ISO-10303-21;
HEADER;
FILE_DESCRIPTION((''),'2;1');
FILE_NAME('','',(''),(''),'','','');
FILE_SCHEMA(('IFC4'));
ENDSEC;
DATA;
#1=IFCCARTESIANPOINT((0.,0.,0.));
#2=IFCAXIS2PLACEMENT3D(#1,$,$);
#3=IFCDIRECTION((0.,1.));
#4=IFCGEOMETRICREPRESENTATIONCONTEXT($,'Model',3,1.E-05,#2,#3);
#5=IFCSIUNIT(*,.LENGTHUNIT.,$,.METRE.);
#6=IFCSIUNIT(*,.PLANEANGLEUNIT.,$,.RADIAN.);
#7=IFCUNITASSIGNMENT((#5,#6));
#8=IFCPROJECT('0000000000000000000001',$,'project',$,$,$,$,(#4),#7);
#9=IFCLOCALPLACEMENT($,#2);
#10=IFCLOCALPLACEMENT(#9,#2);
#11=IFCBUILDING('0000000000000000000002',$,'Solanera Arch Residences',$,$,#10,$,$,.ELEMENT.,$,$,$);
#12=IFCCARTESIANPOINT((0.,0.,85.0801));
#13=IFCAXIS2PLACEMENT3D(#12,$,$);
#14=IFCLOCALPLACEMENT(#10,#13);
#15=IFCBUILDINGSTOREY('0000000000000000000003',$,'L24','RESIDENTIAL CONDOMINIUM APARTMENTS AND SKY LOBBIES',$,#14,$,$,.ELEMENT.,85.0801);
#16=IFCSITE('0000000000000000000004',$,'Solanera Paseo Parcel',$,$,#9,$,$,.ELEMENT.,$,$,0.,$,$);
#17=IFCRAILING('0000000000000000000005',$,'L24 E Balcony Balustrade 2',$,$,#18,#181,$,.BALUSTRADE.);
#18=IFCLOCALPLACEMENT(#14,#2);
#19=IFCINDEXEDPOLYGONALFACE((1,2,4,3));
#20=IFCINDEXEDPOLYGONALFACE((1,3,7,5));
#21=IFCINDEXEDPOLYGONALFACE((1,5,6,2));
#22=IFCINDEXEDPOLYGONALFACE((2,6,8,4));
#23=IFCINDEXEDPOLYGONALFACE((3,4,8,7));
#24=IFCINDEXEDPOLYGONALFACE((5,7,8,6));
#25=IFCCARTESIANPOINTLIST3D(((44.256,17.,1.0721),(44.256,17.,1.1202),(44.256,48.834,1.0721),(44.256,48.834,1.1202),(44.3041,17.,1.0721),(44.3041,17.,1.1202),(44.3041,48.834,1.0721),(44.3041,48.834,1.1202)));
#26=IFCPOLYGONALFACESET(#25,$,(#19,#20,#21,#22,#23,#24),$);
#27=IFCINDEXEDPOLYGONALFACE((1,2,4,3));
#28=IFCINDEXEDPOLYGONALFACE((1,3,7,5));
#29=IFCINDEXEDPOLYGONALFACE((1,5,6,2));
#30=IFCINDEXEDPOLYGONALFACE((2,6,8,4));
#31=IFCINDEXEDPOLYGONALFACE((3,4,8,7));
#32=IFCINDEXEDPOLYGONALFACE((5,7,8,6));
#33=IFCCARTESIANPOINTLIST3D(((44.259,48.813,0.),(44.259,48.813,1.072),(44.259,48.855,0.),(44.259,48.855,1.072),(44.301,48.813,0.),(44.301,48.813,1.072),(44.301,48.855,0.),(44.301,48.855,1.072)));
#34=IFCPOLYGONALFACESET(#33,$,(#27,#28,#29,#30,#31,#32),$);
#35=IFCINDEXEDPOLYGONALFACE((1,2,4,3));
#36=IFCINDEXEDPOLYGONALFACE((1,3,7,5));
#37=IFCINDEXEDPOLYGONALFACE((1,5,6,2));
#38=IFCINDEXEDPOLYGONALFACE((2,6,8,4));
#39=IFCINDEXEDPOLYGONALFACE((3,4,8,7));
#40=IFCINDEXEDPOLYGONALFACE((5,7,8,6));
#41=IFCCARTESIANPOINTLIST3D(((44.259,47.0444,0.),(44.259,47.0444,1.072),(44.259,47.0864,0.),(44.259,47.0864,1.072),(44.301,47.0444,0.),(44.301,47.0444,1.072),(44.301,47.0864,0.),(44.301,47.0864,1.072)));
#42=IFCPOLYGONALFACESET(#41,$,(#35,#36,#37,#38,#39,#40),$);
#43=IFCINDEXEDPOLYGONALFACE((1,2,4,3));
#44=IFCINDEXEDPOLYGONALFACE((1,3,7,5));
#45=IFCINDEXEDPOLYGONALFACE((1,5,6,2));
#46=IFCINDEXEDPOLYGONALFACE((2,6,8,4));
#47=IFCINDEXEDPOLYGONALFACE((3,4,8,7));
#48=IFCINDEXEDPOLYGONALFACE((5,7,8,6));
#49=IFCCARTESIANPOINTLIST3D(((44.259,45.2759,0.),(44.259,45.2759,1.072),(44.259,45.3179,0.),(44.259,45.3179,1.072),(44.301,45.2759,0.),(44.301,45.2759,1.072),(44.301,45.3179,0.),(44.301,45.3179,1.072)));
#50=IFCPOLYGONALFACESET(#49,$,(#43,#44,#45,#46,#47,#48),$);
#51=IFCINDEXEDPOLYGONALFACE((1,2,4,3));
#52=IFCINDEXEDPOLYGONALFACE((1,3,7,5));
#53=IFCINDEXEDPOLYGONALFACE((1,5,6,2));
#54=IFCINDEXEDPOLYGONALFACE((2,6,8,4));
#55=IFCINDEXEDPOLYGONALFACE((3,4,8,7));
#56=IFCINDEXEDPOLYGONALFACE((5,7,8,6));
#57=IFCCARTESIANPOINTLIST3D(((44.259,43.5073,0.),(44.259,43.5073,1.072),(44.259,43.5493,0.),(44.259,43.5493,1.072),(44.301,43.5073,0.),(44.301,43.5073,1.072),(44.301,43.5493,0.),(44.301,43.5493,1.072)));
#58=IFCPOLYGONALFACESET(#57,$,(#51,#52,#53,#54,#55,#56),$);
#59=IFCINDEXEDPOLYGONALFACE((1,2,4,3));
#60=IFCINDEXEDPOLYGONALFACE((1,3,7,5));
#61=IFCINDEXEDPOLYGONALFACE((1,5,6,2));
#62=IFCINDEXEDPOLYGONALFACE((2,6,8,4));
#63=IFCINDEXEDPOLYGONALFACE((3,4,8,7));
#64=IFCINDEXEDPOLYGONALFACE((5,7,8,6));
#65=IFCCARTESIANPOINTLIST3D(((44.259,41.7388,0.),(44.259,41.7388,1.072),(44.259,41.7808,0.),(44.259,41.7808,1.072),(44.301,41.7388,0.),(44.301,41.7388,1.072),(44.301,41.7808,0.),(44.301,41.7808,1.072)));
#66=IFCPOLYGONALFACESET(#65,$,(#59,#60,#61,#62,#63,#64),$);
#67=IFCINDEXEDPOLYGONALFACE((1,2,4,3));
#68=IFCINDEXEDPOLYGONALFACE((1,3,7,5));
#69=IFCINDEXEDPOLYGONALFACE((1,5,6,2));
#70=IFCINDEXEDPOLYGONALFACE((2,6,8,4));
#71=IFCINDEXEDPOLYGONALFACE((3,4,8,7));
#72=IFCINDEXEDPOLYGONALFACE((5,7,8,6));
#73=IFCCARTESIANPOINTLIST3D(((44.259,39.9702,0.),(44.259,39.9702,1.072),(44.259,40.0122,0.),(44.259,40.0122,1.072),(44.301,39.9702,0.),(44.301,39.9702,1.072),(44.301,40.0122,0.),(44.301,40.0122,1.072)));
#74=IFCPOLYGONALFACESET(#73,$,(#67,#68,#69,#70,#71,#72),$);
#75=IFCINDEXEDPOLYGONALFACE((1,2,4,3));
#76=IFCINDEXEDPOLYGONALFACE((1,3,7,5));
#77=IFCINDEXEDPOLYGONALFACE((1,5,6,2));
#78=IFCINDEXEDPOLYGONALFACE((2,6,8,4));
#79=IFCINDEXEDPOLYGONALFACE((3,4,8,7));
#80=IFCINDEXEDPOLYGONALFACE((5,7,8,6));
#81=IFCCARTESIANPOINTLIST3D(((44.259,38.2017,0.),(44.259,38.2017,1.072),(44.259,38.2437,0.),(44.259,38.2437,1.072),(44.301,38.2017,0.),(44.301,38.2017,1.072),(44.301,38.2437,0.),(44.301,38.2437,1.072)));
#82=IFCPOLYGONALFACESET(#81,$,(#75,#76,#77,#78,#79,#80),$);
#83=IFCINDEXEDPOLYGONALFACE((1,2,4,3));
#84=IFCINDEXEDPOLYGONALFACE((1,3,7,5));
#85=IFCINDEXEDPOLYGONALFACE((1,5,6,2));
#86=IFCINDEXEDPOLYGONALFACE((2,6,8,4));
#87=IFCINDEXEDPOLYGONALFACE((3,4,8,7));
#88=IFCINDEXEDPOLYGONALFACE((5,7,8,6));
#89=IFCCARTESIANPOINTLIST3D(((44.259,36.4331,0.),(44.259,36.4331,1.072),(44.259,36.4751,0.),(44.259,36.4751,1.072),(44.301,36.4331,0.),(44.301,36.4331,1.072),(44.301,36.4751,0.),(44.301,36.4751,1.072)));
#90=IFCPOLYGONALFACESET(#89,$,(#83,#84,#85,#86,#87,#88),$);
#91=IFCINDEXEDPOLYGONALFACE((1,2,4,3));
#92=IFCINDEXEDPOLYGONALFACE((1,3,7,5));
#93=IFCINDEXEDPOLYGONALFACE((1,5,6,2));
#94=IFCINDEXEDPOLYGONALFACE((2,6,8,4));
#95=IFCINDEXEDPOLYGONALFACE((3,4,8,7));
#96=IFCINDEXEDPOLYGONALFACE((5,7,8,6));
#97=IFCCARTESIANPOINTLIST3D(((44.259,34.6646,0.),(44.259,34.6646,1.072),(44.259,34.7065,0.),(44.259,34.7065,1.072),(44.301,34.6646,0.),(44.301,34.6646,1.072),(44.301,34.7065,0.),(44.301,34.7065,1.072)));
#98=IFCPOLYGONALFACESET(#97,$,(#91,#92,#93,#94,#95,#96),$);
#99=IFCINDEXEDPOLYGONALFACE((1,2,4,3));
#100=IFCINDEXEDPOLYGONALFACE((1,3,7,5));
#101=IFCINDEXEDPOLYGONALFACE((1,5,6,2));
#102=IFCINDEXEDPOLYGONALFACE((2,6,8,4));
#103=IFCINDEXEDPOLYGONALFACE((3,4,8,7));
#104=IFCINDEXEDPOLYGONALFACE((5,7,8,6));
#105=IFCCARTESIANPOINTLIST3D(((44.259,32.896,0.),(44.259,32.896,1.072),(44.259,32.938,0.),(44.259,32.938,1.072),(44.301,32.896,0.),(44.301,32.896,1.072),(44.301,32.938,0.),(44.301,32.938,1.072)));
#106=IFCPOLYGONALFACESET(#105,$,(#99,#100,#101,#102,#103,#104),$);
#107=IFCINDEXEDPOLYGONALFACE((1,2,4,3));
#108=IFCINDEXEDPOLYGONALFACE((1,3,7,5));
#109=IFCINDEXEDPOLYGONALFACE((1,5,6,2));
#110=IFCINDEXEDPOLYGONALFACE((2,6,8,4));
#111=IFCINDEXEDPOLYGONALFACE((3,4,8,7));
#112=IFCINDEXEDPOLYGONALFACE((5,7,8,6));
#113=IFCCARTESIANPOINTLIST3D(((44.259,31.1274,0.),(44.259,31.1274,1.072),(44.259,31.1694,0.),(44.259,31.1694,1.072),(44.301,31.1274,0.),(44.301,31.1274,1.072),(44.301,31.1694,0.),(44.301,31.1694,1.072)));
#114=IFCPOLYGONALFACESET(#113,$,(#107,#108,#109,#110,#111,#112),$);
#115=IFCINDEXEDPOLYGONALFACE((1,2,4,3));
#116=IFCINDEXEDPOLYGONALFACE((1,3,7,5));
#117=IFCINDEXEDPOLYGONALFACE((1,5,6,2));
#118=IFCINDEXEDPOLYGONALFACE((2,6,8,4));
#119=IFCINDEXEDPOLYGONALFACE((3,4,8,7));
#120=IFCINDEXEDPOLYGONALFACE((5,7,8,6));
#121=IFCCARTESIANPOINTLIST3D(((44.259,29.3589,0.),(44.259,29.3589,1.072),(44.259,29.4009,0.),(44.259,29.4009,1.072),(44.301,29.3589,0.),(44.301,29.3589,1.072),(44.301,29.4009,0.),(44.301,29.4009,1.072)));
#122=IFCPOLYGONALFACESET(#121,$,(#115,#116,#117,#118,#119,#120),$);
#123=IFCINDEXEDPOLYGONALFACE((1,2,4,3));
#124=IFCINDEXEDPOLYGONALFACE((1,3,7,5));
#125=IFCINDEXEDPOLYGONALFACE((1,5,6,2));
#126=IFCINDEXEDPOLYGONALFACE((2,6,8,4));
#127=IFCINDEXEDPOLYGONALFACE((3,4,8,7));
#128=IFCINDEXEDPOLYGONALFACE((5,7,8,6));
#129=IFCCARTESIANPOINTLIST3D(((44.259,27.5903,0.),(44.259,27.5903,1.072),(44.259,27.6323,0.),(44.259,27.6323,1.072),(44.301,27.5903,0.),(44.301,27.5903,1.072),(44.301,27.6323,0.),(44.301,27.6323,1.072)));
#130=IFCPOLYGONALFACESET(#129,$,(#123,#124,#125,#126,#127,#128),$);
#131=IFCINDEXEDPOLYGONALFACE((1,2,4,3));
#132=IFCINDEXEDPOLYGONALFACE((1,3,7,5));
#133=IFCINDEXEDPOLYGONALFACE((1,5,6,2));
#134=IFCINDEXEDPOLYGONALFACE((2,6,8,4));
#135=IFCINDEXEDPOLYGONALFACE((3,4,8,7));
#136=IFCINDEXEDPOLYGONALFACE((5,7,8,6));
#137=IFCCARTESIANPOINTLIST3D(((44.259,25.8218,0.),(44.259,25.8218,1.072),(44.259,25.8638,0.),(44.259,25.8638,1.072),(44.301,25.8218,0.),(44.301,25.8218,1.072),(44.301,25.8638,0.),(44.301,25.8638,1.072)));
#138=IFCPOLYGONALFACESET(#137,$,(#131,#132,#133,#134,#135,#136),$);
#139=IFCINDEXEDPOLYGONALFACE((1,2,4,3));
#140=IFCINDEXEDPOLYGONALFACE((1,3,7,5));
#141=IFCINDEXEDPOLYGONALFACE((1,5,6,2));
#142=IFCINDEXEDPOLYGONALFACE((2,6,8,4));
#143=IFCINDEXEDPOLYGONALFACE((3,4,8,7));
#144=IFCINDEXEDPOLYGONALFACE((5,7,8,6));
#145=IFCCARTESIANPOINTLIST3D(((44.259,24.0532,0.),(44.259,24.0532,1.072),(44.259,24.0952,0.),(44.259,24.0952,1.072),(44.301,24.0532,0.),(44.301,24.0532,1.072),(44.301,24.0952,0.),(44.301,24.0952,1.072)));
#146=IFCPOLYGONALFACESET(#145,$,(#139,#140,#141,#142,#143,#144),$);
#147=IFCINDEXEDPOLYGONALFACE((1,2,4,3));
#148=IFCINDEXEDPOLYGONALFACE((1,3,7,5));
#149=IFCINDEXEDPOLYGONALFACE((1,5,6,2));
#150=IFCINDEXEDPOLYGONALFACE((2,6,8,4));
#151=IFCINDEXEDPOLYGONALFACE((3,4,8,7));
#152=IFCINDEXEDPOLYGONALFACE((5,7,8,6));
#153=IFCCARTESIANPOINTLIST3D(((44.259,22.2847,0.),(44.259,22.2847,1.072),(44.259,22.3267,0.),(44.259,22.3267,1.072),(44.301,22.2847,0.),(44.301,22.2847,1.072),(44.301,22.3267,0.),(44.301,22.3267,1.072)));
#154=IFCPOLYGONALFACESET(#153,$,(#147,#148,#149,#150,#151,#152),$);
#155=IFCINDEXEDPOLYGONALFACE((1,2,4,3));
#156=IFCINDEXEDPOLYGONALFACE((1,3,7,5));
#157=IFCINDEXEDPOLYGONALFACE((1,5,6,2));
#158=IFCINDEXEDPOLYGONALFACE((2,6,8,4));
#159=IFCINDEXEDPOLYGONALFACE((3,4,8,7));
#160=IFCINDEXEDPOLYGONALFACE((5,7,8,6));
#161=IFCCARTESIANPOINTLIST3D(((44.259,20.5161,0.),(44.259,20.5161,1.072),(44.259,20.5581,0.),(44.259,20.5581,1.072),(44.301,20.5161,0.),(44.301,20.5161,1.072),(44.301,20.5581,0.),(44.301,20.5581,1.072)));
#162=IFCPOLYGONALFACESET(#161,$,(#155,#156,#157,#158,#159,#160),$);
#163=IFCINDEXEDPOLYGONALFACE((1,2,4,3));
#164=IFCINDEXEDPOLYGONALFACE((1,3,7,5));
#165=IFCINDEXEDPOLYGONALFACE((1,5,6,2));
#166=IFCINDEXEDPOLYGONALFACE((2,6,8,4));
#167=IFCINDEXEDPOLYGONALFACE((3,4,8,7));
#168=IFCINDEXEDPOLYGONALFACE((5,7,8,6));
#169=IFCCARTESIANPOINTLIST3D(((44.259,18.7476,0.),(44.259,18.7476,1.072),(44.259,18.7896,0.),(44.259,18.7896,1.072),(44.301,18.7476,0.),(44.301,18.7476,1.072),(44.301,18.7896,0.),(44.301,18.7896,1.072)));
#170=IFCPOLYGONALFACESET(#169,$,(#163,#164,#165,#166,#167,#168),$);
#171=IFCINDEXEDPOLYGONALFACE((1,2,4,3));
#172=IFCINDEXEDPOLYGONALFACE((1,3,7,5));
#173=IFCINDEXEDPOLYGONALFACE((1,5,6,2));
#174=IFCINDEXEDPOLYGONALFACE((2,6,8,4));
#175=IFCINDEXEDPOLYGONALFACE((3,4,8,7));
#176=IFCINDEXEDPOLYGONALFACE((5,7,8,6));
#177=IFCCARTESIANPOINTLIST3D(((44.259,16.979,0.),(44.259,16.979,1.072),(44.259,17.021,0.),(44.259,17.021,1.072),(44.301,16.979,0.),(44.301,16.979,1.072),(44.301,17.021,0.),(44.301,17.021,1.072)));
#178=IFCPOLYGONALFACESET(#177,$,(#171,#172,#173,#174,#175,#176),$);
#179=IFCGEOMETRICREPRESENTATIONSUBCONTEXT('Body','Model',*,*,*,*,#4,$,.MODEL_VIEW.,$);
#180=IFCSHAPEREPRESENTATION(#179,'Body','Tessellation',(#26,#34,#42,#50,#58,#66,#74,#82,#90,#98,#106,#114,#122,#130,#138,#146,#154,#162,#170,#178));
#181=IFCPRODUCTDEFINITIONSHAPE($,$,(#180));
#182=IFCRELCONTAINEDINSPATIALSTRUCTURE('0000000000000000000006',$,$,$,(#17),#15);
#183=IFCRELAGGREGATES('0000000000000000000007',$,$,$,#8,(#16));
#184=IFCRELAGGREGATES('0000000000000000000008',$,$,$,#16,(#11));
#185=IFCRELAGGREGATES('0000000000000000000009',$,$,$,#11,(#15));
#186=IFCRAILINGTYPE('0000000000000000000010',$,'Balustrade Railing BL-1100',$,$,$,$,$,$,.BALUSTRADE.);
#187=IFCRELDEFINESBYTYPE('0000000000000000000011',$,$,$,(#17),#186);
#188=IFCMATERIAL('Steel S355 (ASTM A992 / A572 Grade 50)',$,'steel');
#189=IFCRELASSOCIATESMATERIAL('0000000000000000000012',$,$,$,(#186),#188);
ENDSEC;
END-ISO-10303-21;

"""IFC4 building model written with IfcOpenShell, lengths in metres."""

from ifc_helpers import new_model, si_unit, direction, frame, origin, origin_2d, place, context, subcontext, project, spatial, rectangle, extrude, material, type_object, element, save


model = new_model("IFC4")

# Units and contexts
model_context = context("Model", 3, precision=1e-05, world=origin(), true_north=direction((0.0, 1.0)))
body_context = subcontext(model_context, "Body", "Model", "MODEL_VIEW")
ifc_project = project(units=[si_unit("LENGTHUNIT", "METRE"), si_unit("PLANEANGLEUNIT", "RADIAN")], contexts=[model_context])

# Site, building, storey
site_placement = place(None, origin())
site = spatial("IfcSite", under=ifc_project, at=site_placement, Name="Solanera Paseo Parcel", CompositionType="ELEMENT", RefElevation=0.0)
building_placement = place(site_placement, origin())
building = spatial("IfcBuilding", under=site, at=building_placement, Name="Solanera Arch Residences", CompositionType="ELEMENT")
storey_placement = place(building_placement, frame((0.0, 0.0, 85.0801)))
storey = spatial("IfcBuildingStorey", under=building, at=storey_placement, Name="L24", Description="RESIDENTIAL CONDOMINIUM APARTMENTS AND SKY LOBBIES", CompositionType="ELEMENT", Elevation=85.0801)

# Railing
ifc_material_1 = material(Name="Steel S355 (ASTM A992 / A572 Grade 50)", Category="steel")
railing_type = type_object("IfcRailingType", Name="Balustrade Railing BL-1100", PredefinedType="BALUSTRADE", material=ifc_material_1)
railing_1_placement = place(storey_placement, frame((44.28, 48.834, 0.0)))
element("IfcRailing", 1, at=railing_1_placement, inside=storey, type_object=railing_type, Name="L24 E Balcony Balustrade 2", PredefinedType="BALUSTRADE", context=body_context, shape_type="SweptSolid", body=[
    extrude(rectangle(XDim=0.0481, YDim=0.0481, at=origin_2d()), frame((0.0, 0.0, 1.0962), z_axis=(0.0, -1.0, 0.0), x_axis=(1.0, 0.0, 0.0)), (0.0, 0.0, 1.0), 31.834),
    extrude(rectangle(XDim=0.042, YDim=0.042, at=origin_2d()), origin(), (0.0, 0.0, 1.0), 1.072),
    extrude(rectangle(XDim=0.042, YDim=0.042, at=origin_2d()), frame((0.0, -1.7686, 0.0)), (0.0, 0.0, 1.0), 1.072),
    extrude(rectangle(XDim=0.042, YDim=0.042, at=origin_2d()), frame((0.0, -3.5371, 0.0)), (0.0, 0.0, 1.0), 1.072),
    extrude(rectangle(XDim=0.042, YDim=0.042, at=origin_2d()), frame((0.0, -5.3057, 0.0)), (0.0, 0.0, 1.0), 1.072),
    extrude(rectangle(XDim=0.042, YDim=0.042, at=origin_2d()), frame((0.0, -7.0742, 0.0)), (0.0, 0.0, 1.0), 1.072),
    extrude(rectangle(XDim=0.042, YDim=0.042, at=origin_2d()), frame((0.0, -8.8428, 0.0)), (0.0, 0.0, 1.0), 1.072),
    extrude(rectangle(XDim=0.042, YDim=0.042, at=origin_2d()), frame((0.0, -10.6113, 0.0)), (0.0, 0.0, 1.0), 1.072),
    extrude(rectangle(XDim=0.042, YDim=0.042, at=origin_2d()), frame((0.0, -12.3799, 0.0)), (0.0, 0.0, 1.0), 1.072),
    extrude(rectangle(XDim=0.042, YDim=0.042, at=origin_2d()), frame((0.0, -14.1484, 0.0)), (0.0, 0.0, 1.0), 1.072),
    extrude(rectangle(XDim=0.042, YDim=0.042, at=origin_2d()), frame((0.0, -15.917, 0.0)), (0.0, 0.0, 1.0), 1.072),
    extrude(rectangle(XDim=0.042, YDim=0.042, at=origin_2d()), frame((0.0, -17.6855, 0.0)), (0.0, 0.0, 1.0), 1.072),
    extrude(rectangle(XDim=0.042, YDim=0.042, at=origin_2d()), frame((0.0, -19.4541, 0.0)), (0.0, 0.0, 1.0), 1.072),
    extrude(rectangle(XDim=0.042, YDim=0.042, at=origin_2d()), frame((0.0, -21.2227, 0.0)), (0.0, 0.0, 1.0), 1.072),
    extrude(rectangle(XDim=0.042, YDim=0.042, at=origin_2d()), frame((0.0, -22.9912, 0.0)), (0.0, 0.0, 1.0), 1.072),
    extrude(rectangle(XDim=0.042, YDim=0.042, at=origin_2d()), frame((0.0, -24.7598, 0.0)), (0.0, 0.0, 1.0), 1.072),
    extrude(rectangle(XDim=0.042, YDim=0.042, at=origin_2d()), frame((0.0, -26.5283, 0.0)), (0.0, 0.0, 1.0), 1.072),
    extrude(rectangle(XDim=0.042, YDim=0.042, at=origin_2d()), frame((0.0, -28.2969, 0.0)), (0.0, 0.0, 1.0), 1.072),
    extrude(rectangle(XDim=0.042, YDim=0.042, at=origin_2d()), frame((0.0, -30.0654, 0.0)), (0.0, 0.0, 1.0), 1.072),
    extrude(rectangle(XDim=0.042, YDim=0.042, at=origin_2d()), frame((0.0, -31.834, 0.0)), (0.0, 0.0, 1.0), 1.072),
])

save(model, "model.ifc")
